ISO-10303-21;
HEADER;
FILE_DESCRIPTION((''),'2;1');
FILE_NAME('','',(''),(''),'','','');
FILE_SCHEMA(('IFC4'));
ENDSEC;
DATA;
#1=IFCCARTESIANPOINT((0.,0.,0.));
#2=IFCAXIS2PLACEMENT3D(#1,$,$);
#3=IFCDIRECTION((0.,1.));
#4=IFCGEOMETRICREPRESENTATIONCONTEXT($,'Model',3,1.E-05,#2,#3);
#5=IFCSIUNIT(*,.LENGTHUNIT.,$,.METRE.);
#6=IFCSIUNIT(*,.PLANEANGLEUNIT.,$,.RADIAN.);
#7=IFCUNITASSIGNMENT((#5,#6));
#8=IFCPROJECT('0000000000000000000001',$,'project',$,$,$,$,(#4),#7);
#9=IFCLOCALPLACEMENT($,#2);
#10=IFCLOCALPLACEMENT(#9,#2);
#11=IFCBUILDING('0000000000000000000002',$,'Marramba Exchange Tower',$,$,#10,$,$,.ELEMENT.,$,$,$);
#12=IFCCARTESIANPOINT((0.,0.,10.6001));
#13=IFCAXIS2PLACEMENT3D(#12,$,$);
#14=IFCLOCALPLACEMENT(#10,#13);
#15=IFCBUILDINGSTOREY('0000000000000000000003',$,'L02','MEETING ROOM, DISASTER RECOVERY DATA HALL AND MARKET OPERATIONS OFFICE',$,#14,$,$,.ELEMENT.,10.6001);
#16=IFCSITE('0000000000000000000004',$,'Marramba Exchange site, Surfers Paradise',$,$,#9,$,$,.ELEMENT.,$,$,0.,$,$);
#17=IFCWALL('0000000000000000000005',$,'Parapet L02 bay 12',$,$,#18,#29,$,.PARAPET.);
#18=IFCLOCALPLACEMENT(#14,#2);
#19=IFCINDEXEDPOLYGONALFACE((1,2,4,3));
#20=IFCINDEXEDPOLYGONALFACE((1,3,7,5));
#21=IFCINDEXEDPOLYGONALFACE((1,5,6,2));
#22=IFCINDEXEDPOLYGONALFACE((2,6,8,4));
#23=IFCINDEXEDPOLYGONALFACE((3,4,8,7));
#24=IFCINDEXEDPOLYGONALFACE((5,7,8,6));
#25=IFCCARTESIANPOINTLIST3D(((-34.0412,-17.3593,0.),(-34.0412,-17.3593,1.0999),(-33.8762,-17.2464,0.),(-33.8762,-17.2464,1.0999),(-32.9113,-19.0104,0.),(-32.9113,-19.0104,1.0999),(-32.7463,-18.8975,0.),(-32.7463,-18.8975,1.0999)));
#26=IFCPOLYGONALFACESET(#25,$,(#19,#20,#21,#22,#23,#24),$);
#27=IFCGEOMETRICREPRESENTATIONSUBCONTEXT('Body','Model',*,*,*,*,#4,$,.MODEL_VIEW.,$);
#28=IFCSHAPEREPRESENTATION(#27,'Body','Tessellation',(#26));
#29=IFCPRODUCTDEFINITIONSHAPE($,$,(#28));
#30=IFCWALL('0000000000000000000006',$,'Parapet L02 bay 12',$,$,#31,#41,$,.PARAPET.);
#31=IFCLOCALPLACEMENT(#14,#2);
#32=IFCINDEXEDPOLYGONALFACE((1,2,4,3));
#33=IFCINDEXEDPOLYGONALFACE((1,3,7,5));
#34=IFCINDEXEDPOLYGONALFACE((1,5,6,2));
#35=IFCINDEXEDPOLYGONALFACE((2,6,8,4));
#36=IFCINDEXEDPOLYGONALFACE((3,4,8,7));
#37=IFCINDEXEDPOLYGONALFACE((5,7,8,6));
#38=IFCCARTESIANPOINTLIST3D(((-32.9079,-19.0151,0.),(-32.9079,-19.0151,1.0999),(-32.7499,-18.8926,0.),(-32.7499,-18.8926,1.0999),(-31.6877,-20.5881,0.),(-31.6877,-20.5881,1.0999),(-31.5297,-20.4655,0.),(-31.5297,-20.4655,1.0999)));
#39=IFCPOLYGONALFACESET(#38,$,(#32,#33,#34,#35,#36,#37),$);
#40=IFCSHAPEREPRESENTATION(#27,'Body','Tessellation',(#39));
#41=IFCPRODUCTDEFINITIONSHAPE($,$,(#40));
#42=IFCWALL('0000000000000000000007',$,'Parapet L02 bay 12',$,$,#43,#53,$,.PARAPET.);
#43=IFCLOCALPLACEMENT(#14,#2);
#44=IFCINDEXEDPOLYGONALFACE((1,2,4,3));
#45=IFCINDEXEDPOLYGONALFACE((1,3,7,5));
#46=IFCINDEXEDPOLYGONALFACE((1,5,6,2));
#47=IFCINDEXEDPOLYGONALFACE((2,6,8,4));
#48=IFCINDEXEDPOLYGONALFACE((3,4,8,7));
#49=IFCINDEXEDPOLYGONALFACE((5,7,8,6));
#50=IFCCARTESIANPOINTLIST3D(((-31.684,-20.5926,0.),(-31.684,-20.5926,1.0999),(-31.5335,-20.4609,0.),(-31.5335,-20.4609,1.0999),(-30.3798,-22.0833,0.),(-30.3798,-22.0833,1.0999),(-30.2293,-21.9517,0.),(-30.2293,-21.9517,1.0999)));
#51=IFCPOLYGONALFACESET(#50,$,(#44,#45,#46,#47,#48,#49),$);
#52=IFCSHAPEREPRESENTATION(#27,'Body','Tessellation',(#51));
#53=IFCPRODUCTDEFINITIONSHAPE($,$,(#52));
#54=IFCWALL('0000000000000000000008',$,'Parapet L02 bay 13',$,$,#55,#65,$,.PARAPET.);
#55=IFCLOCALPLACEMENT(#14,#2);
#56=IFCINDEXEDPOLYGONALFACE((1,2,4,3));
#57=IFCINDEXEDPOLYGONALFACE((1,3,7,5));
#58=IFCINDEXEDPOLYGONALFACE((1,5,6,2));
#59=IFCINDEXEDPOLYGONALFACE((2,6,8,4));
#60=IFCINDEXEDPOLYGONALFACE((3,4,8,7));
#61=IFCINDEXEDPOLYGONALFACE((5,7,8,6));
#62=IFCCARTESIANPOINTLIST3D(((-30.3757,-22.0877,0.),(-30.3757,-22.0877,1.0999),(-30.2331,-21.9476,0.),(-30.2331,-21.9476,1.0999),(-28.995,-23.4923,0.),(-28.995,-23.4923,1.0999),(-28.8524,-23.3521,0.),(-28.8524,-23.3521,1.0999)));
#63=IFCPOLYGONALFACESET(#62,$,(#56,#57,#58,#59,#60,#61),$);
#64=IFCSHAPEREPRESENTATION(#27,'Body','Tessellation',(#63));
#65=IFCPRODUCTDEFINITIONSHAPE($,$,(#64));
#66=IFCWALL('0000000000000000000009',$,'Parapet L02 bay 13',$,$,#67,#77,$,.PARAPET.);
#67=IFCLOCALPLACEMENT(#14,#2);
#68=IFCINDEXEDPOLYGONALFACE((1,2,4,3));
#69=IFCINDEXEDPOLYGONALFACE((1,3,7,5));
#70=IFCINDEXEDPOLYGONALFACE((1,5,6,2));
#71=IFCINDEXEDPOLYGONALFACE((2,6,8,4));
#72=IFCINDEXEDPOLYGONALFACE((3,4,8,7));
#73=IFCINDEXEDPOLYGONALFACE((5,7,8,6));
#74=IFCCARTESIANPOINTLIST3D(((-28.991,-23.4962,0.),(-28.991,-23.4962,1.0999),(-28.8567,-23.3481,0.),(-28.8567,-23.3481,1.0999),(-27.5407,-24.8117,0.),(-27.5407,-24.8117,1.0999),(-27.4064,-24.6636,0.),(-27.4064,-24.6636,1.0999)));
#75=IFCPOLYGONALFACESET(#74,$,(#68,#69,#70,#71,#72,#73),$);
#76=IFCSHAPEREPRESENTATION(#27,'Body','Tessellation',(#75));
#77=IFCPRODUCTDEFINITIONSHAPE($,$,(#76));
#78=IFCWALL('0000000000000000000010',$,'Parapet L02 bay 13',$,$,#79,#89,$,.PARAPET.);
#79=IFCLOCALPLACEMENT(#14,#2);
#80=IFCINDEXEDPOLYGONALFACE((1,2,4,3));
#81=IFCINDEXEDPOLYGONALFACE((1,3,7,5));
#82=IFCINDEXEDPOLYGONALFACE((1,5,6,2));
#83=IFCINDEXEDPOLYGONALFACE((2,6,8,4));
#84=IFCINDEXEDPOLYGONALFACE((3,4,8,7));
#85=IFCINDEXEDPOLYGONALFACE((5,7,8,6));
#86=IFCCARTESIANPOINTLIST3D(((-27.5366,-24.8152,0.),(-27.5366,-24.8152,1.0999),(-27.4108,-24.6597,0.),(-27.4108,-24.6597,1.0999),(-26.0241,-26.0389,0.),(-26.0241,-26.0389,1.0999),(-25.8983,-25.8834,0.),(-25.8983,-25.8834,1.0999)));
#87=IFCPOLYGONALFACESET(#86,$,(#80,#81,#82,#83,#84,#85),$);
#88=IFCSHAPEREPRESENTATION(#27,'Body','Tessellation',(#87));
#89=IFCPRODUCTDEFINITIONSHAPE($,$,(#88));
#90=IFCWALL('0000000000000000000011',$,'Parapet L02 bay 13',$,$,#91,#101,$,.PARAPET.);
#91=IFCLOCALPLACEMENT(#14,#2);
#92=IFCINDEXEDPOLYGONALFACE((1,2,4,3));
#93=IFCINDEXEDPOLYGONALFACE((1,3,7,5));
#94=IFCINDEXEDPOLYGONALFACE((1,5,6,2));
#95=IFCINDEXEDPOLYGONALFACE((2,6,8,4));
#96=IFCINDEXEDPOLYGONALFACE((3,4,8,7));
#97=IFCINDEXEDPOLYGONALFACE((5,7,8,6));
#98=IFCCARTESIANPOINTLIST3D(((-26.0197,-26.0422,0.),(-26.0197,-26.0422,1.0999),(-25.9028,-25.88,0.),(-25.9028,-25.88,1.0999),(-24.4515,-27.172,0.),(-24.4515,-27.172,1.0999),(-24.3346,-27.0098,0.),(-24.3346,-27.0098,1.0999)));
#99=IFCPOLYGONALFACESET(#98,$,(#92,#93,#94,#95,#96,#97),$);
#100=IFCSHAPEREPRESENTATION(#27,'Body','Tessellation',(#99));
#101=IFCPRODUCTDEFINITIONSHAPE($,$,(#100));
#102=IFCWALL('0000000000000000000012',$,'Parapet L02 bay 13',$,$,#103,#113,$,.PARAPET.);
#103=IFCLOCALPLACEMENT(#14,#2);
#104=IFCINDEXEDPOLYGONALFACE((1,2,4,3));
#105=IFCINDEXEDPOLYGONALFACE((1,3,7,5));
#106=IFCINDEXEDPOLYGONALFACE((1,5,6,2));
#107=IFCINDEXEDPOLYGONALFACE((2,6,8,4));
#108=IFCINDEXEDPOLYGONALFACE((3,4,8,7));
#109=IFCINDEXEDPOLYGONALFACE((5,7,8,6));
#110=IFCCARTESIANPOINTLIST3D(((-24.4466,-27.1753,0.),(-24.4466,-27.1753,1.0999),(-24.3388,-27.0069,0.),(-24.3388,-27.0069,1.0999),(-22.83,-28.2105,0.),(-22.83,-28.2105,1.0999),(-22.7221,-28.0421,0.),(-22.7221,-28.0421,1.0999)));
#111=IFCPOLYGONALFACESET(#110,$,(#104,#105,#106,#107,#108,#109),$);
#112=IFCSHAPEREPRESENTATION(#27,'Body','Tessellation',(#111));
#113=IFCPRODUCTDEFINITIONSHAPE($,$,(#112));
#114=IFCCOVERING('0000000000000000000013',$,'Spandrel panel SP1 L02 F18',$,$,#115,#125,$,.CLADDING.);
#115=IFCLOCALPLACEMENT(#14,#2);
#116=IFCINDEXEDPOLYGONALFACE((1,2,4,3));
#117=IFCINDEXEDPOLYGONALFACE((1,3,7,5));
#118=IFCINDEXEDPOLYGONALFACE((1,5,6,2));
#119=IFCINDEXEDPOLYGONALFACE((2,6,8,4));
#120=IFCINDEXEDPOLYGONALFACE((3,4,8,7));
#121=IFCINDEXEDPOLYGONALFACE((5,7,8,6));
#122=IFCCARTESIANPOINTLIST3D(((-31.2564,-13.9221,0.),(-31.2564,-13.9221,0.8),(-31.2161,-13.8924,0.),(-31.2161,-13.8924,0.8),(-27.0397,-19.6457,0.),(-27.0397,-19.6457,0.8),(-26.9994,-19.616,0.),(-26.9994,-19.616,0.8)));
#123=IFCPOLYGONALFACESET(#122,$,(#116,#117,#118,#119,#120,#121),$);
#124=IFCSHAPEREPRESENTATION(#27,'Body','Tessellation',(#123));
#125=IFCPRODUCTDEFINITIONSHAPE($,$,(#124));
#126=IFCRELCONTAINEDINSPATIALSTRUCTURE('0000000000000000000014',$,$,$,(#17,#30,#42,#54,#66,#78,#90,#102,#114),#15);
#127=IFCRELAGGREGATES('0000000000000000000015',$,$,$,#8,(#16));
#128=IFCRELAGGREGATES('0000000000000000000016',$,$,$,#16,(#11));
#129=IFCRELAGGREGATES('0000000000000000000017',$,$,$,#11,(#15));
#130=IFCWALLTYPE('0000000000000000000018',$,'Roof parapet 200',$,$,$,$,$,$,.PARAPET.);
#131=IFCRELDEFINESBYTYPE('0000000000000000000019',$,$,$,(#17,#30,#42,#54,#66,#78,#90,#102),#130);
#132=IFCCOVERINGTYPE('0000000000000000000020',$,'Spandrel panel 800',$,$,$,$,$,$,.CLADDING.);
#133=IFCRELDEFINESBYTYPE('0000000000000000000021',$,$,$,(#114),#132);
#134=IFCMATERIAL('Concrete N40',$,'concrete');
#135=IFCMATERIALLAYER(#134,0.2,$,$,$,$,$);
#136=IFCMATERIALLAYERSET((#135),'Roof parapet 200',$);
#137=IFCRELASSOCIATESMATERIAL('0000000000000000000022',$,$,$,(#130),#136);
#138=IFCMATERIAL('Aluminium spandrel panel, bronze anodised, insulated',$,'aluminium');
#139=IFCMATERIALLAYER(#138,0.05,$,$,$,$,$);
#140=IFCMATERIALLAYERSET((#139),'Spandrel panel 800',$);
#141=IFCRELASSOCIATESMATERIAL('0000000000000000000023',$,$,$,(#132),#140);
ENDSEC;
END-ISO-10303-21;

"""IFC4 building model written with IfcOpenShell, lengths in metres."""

from ifc_helpers import new_model, si_unit, direction, frame, frame_2d, origin, origin_2d, place, context, subcontext, project, spatial, rectangle, extrude, material, layer, layer_set, type_object, element, save


model = new_model("IFC4")

# Units and contexts
model_context = context("Model", 3, precision=1e-05, world=origin(), true_north=direction((0.0, 1.0)))
body_context = subcontext(model_context, "Body", "Model", "MODEL_VIEW")
ifc_project = project(units=[si_unit("LENGTHUNIT", "METRE"), si_unit("PLANEANGLEUNIT", "RADIAN")], contexts=[model_context])

# Site, building, storey
site_placement = place(None, origin())
site = spatial("IfcSite", under=ifc_project, at=site_placement, Name="Marramba Exchange site, Surfers Paradise", CompositionType="ELEMENT", RefElevation=0.0)
building_placement = place(site_placement, origin())
building = spatial("IfcBuilding", under=site, at=building_placement, Name="Marramba Exchange Tower", CompositionType="ELEMENT")
storey_placement = place(building_placement, frame((0.0, 0.0, 10.6001)))
storey = spatial("IfcBuildingStorey", under=building, at=storey_placement, Name="L02", Description="MEETING ROOM, DISASTER RECOVERY DATA HALL AND MARKET OPERATIONS OFFICE", CompositionType="ELEMENT", Elevation=10.6001)

# Walls
ifc_material_1 = material(Name="Concrete N40", Category="concrete")
ifc_layer_1 = layer(ifc_material_1, 0.2)
ifc_layer_set_1 = layer_set([ifc_layer_1], Name="Roof parapet 200")
wall_type = type_object("IfcWallType", Name="Roof parapet 200", PredefinedType="PARAPET", material=ifc_layer_set_1)
wall_1_placement = place(storey_placement, frame((-33.9587, -17.3027, 0.0), z_axis=(0.0, 0.0, 1.0), x_axis=(0.564741, -0.825268, 0.0)))
element("IfcWall", 1, at=wall_1_placement, inside=storey, type_object=wall_type, Name="Parapet L02 bay 12", PredefinedType="PARAPET", context=body_context, shape_type="SweptSolid", body=[
    extrude(rectangle(XDim=2.0007, YDim=0.2, at=frame_2d((1.0005, 0.0))), origin(), (0.0, 0.0, 1.0), 1.0999),
])
wall_2_placement = place(storey_placement, frame((-32.8289, -18.9539, 0.0), z_axis=(0.0, 0.0, 1.0), x_axis=(0.61293, -0.790137, 0.0)))
element("IfcWall", 2, at=wall_2_placement, inside=storey, type_object=wall_type, Name="Parapet L02 bay 12", PredefinedType="PARAPET", context=body_context, shape_type="SweptSolid", body=[
    extrude(rectangle(XDim=1.9907, YDim=0.2, at=frame_2d((0.9954, 0.0))), origin(), (0.0, 0.0, 1.0), 1.0999),
])
wall_3_placement = place(storey_placement, frame((-31.6086, -20.5269, 0.0), z_axis=(0.0, 0.0, 1.0), x_axis=(0.658452, -0.752623, 0.0)))
element("IfcWall", 3, at=wall_3_placement, inside=storey, type_object=wall_type, Name="Parapet L02 bay 12", PredefinedType="PARAPET", context=body_context, shape_type="SweptSolid", body=[
    extrude(rectangle(XDim=1.9807, YDim=0.2, at=frame_2d((0.9902, 0.0))), origin(), (0.0, 0.0, 1.0), 1.0999),
])
wall_4_placement = place(storey_placement, frame((-30.3044, -22.0176, 0.0), z_axis=(0.0, 0.0, 1.0), x_axis=(0.701007, -0.713155, 0.0)))
element("IfcWall", 4, at=wall_4_placement, inside=storey, type_object=wall_type, Name="Parapet L02 bay 13", PredefinedType="PARAPET", context=body_context, shape_type="SweptSolid", body=[
    extrude(rectangle(XDim=1.9695, YDim=0.2, at=frame_2d((0.9849, 0.0))), origin(), (0.0, 0.0, 1.0), 1.0999),
])
wall_5_placement = place(storey_placement, frame((-28.9238, -23.4221, 0.0), z_axis=(0.0, 0.0, 1.0), x_axis=(0.740684, -0.671853, 0.0)))
element("IfcWall", 5, at=wall_5_placement, inside=storey, type_object=wall_type, Name="Parapet L02 bay 13", PredefinedType="PARAPET", context=body_context, shape_type="SweptSolid", body=[
    extrude(rectangle(XDim=1.958, YDim=0.2, at=frame_2d((0.979, 0.0))), origin(), (0.0, 0.0, 1.0), 1.0999),
])
wall_6_placement = place(storey_placement, frame((-27.4736, -24.7375, 0.0), z_axis=(0.0, 0.0, 1.0), x_axis=(0.777429, -0.628971, 0.0)))
element("IfcWall", 6, at=wall_6_placement, inside=storey, type_object=wall_type, Name="Parapet L02 bay 13", PredefinedType="PARAPET", context=body_context, shape_type="SweptSolid", body=[
    extrude(rectangle(XDim=1.9456, YDim=0.2, at=frame_2d((0.9727, 0.0))), origin(), (0.0, 0.0, 1.0), 1.0999),
])
wall_7_placement = place(storey_placement, frame((-25.9612, -25.9612, 0.0), z_axis=(0.0, 0.0, 1.0), x_axis=(0.811371, -0.584531, 0.0)))
element("IfcWall", 7, at=wall_7_placement, inside=storey, type_object=wall_type, Name="Parapet L02 bay 13", PredefinedType="PARAPET", context=body_context, shape_type="SweptSolid", body=[
    extrude(rectangle(XDim=1.9329, YDim=0.2, at=frame_2d((0.9663, 0.0))), origin(), (0.0, 0.0, 1.0), 1.0999),
])
wall_8_placement = place(storey_placement, frame((-24.3928, -27.0911, 0.0), z_axis=(0.0, 0.0, 1.0), x_axis=(0.842161, -0.539227, 0.0)))
element("IfcWall", 8, at=wall_8_placement, inside=storey, type_object=wall_type, Name="Parapet L02 bay 13", PredefinedType="PARAPET", context=body_context, shape_type="SweptSolid", body=[
    extrude(rectangle(XDim=1.9197, YDim=0.2, at=frame_2d((0.96, 0.0))), origin(), (0.0, 0.0, 1.0), 1.0999),
])

# Covering
ifc_material_2 = material(Name="Aluminium spandrel panel, bronze anodised, insulated", Category="aluminium")
ifc_layer_2 = layer(ifc_material_2, 0.05)
ifc_layer_set_2 = layer_set([ifc_layer_2], Name="Spandrel panel 800")
covering_type = type_object("IfcCoveringType", Name="Spandrel panel 800", PredefinedType="CLADDING", material=ifc_layer_set_2)
covering_placement = place(storey_placement, frame((-29.1279, -16.769, 0.0), z_axis=(0.0, 0.0, 1.0), x_axis=(0.593136, -0.805102, 0.0)))
element("IfcCovering", 9, at=covering_placement, inside=storey, type_object=covering_type, Name="Spandrel panel SP1 L02 F18", PredefinedType="CLADDING", context=body_context, shape_type="SweptSolid", body=[
    extrude(rectangle(XDim=7.1091, YDim=0.05, at=origin_2d()), origin(), (0.0, 0.0, 1.0), 0.8),
])

save(model, "model.ifc")
